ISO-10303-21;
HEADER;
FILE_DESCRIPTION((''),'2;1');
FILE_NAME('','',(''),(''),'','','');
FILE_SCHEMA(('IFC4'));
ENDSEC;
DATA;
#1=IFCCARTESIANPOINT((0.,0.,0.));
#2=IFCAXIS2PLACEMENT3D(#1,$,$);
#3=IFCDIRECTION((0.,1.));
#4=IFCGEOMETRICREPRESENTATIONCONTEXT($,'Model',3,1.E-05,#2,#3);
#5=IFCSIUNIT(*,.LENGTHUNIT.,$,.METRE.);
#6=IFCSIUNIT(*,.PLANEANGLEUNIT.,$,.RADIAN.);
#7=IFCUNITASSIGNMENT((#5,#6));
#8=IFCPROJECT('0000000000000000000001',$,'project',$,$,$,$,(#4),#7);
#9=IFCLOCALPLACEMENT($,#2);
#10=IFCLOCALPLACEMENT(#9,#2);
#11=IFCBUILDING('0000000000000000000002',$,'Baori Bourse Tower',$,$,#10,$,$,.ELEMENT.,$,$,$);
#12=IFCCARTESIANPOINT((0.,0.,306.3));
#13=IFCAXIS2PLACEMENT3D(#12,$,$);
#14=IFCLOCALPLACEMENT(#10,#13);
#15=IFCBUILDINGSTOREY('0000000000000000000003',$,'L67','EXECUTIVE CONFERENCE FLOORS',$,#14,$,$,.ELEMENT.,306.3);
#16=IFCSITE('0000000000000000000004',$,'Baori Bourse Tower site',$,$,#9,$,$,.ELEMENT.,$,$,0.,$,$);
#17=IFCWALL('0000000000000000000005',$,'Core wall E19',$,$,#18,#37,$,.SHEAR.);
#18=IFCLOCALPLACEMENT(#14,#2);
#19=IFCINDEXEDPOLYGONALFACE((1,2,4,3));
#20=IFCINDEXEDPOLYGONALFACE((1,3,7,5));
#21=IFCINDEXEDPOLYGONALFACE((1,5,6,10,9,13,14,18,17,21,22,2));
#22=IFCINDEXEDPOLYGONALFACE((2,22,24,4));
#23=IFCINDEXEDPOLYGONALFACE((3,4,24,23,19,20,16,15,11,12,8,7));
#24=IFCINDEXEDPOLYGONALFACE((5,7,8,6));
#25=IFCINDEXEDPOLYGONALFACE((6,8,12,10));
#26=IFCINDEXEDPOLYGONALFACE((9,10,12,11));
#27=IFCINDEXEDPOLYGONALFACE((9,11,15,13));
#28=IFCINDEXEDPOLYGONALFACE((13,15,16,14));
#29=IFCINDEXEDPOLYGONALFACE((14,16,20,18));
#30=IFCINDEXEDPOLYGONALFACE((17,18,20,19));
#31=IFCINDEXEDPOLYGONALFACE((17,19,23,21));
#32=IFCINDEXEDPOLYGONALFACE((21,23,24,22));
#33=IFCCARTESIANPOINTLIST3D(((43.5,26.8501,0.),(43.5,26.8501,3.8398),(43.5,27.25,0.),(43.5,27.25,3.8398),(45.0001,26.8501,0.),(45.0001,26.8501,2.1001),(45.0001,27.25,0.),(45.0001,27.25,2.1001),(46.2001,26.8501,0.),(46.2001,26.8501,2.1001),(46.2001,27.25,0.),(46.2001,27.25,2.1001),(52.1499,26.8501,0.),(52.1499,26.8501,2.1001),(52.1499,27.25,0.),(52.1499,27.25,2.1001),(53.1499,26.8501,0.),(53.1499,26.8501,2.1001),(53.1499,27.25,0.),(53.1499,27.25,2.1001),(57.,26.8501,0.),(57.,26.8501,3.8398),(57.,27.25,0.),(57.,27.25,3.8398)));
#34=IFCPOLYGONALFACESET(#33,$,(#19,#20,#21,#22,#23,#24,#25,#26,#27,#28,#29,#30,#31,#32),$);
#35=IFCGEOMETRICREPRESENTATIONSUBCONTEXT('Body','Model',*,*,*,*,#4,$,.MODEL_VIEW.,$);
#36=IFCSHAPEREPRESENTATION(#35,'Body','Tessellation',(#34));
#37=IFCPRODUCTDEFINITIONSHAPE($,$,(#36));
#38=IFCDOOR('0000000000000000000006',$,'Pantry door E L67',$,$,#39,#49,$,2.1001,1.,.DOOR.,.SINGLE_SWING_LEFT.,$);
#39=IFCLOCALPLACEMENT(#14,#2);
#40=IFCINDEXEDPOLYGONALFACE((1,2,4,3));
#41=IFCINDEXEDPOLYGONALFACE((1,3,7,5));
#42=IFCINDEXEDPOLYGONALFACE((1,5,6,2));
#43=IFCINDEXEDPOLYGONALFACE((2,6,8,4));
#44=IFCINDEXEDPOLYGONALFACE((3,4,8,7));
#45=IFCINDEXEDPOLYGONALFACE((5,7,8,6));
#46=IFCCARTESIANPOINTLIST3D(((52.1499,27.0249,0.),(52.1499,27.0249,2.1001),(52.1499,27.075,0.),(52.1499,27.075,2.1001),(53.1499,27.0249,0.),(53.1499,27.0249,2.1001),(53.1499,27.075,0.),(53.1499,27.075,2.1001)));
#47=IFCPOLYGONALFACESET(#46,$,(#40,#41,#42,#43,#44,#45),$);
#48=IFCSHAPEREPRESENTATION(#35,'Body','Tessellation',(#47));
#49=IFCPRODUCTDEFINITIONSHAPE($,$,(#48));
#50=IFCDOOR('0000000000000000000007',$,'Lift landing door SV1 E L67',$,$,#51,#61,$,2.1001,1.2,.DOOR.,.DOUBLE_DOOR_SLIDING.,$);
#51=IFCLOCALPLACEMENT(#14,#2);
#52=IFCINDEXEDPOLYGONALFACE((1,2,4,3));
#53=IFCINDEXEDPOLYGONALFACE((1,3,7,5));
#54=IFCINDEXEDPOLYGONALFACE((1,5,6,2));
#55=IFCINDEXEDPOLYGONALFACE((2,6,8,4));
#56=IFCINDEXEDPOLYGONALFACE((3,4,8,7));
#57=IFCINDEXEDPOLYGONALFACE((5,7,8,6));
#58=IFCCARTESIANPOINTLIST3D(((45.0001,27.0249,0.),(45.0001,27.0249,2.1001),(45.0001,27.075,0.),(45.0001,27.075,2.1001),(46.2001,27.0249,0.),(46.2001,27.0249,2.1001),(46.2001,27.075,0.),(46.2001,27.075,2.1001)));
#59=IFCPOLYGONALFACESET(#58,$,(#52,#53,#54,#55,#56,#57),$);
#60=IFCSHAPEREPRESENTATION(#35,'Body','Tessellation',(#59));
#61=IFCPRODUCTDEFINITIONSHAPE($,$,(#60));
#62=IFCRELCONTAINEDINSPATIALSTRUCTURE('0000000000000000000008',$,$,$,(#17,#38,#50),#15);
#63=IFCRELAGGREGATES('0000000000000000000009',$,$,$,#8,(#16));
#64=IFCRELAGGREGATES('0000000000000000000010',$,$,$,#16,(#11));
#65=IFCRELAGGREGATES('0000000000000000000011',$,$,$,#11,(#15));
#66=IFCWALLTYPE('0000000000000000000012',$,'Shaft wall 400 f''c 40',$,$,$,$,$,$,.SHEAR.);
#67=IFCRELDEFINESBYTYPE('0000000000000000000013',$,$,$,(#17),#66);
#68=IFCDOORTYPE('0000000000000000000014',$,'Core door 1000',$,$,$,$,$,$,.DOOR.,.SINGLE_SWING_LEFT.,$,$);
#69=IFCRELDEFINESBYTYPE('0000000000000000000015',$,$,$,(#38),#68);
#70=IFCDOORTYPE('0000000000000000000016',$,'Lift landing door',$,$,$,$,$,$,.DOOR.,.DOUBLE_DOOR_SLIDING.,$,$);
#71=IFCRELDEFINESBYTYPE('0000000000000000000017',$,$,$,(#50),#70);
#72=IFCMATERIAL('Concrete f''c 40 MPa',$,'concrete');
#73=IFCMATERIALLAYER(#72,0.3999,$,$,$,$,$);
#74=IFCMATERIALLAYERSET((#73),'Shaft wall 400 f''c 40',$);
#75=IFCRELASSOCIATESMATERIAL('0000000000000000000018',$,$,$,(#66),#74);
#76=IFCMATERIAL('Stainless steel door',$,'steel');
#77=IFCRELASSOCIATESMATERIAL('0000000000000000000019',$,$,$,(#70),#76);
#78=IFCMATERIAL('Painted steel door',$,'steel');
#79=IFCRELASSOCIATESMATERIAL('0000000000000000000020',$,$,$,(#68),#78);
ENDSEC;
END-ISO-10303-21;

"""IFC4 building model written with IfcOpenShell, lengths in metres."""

from ifc_helpers import new_model, si_unit, direction, frame, frame_2d, origin, place, context, subcontext, project, spatial, rectangle, extrude, material, layer, layer_set, type_object, element, fill, save


model = new_model("IFC4")

# Units and contexts
model_context = context("Model", 3, precision=1e-05, world=origin(), true_north=direction((0.0, 1.0)))
body_context = subcontext(model_context, "Body", "Model", "MODEL_VIEW")
ifc_project = project(units=[si_unit("LENGTHUNIT", "METRE"), si_unit("PLANEANGLEUNIT", "RADIAN")], contexts=[model_context])

# Site, building, storey
site_placement = place(None, origin())
site = spatial("IfcSite", under=ifc_project, at=site_placement, Name="Baori Bourse Tower site", CompositionType="ELEMENT", RefElevation=0.0)
building_placement = place(site_placement, origin())
building = spatial("IfcBuilding", under=site, at=building_placement, Name="Baori Bourse Tower", CompositionType="ELEMENT")
storey_placement = place(building_placement, frame((0.0, 0.0, 306.3)))
storey = spatial("IfcBuildingStorey", under=building, at=storey_placement, Name="L67", Description="EXECUTIVE CONFERENCE FLOORS", CompositionType="ELEMENT", Elevation=306.3)

# Shared definitions
ifc_material_1 = material(Name="Concrete f'c 40 MPa", Category="concrete")
ifc_layer_1 = layer(ifc_material_1, 0.3999)
ifc_layer_set_1 = layer_set([ifc_layer_1], Name="Shaft wall 400 f'c 40")
wall_type_1 = type_object("IfcWallType", Name="Shaft wall 400 f'c 40", PredefinedType="SHEAR", material=ifc_layer_set_1)
ifc_material_2 = material(Name="Stainless steel door", Category="steel")
door_type_1 = type_object("IfcDoorType", Name="Lift landing door", OperationType="DOUBLE_DOOR_SLIDING", PredefinedType="DOOR", material=ifc_material_2)

# Wall, openings, doors
wall_1_placement = place(storey_placement, frame((43.5, 27.05, 0.0), z_axis=(0.0, 0.0, 1.0), x_axis=(1.0, 0.0, 0.0)))
wall_1 = element("IfcWall", 1, at=wall_1_placement, inside=storey, type_object=wall_type_1, Name="Core wall E19", PredefinedType="SHEAR", context=body_context, shape_type="SweptSolid", body=[
    extrude(rectangle(XDim=13.5, YDim=0.3999, at=frame_2d((6.75, 0.0))), origin(), (0.0, 0.0, 1.0), 3.8398),
])
opening_1_placement = place(wall_1_placement, frame((8.6499, 0.0, 0.0)))
opening_1 = element("IfcOpeningElement", 2, at=opening_1_placement, cuts=wall_1, PredefinedType="OPENING", context=body_context, shape_type="SweptSolid", body=[
    extrude(rectangle(XDim=1.0, YDim=2.1001, at=frame_2d((0.5, 1.05))), frame((0.0, 0.21, 0.0), z_axis=(0.0, -1.0, 0.0), x_axis=(1.0, 0.0, 0.0)), (0.0, 0.0, 1.0), 0.4199),
])
opening_2_placement = place(wall_1_placement, frame((1.5, 0.0, 0.0)))
opening_2 = element("IfcOpeningElement", 3, at=opening_2_placement, cuts=wall_1, PredefinedType="OPENING", context=body_context, shape_type="SweptSolid", body=[
    extrude(rectangle(XDim=1.2, YDim=2.1001, at=frame_2d((0.6001, 1.05))), frame((0.0, 0.21, 0.0), z_axis=(0.0, -1.0, 0.0), x_axis=(1.0, 0.0, 0.0)), (0.0, 0.0, 1.0), 0.4199),
])
ifc_material_3 = material(Name="Painted steel door", Category="steel")
door_type_2 = type_object("IfcDoorType", Name="Core door 1000", OperationType="SINGLE_SWING_LEFT", PredefinedType="DOOR", material=ifc_material_3)
door_1_placement = place(opening_1_placement, origin())
door_1 = element("IfcDoor", 4, at=door_1_placement, inside=storey, type_object=door_type_2, Name="Pantry door E L67", OperationType="SINGLE_SWING_LEFT", OverallHeight=2.1001, OverallWidth=1.0, PredefinedType="DOOR", context=body_context, shape_type="SweptSolid", body=[
    extrude(rectangle(XDim=1.0, YDim=2.1001, at=frame_2d((0.5, 1.05))), frame((0.0, 0.0249, 0.0), z_axis=(0.0, -1.0, 0.0), x_axis=(1.0, 0.0, 0.0)), (0.0, 0.0, 1.0), 0.05),
])
fill(opening_1, door_1)
door_2_placement = place(opening_2_placement, origin())
door_2 = element("IfcDoor", 5, at=door_2_placement, inside=storey, type_object=door_type_1, Name="Lift landing door SV1 E L67", OperationType="DOUBLE_DOOR_SLIDING", OverallHeight=2.1001, OverallWidth=1.2, PredefinedType="DOOR", context=body_context, shape_type="SweptSolid", body=[
    extrude(rectangle(XDim=1.2, YDim=2.1001, at=frame_2d((0.6001, 1.05))), frame((0.0, 0.0249, 0.0), z_axis=(0.0, -1.0, 0.0), x_axis=(1.0, 0.0, 0.0)), (0.0, 0.0, 1.0), 0.05),
])
fill(opening_2, door_2)

save(model, "model.ifc")
